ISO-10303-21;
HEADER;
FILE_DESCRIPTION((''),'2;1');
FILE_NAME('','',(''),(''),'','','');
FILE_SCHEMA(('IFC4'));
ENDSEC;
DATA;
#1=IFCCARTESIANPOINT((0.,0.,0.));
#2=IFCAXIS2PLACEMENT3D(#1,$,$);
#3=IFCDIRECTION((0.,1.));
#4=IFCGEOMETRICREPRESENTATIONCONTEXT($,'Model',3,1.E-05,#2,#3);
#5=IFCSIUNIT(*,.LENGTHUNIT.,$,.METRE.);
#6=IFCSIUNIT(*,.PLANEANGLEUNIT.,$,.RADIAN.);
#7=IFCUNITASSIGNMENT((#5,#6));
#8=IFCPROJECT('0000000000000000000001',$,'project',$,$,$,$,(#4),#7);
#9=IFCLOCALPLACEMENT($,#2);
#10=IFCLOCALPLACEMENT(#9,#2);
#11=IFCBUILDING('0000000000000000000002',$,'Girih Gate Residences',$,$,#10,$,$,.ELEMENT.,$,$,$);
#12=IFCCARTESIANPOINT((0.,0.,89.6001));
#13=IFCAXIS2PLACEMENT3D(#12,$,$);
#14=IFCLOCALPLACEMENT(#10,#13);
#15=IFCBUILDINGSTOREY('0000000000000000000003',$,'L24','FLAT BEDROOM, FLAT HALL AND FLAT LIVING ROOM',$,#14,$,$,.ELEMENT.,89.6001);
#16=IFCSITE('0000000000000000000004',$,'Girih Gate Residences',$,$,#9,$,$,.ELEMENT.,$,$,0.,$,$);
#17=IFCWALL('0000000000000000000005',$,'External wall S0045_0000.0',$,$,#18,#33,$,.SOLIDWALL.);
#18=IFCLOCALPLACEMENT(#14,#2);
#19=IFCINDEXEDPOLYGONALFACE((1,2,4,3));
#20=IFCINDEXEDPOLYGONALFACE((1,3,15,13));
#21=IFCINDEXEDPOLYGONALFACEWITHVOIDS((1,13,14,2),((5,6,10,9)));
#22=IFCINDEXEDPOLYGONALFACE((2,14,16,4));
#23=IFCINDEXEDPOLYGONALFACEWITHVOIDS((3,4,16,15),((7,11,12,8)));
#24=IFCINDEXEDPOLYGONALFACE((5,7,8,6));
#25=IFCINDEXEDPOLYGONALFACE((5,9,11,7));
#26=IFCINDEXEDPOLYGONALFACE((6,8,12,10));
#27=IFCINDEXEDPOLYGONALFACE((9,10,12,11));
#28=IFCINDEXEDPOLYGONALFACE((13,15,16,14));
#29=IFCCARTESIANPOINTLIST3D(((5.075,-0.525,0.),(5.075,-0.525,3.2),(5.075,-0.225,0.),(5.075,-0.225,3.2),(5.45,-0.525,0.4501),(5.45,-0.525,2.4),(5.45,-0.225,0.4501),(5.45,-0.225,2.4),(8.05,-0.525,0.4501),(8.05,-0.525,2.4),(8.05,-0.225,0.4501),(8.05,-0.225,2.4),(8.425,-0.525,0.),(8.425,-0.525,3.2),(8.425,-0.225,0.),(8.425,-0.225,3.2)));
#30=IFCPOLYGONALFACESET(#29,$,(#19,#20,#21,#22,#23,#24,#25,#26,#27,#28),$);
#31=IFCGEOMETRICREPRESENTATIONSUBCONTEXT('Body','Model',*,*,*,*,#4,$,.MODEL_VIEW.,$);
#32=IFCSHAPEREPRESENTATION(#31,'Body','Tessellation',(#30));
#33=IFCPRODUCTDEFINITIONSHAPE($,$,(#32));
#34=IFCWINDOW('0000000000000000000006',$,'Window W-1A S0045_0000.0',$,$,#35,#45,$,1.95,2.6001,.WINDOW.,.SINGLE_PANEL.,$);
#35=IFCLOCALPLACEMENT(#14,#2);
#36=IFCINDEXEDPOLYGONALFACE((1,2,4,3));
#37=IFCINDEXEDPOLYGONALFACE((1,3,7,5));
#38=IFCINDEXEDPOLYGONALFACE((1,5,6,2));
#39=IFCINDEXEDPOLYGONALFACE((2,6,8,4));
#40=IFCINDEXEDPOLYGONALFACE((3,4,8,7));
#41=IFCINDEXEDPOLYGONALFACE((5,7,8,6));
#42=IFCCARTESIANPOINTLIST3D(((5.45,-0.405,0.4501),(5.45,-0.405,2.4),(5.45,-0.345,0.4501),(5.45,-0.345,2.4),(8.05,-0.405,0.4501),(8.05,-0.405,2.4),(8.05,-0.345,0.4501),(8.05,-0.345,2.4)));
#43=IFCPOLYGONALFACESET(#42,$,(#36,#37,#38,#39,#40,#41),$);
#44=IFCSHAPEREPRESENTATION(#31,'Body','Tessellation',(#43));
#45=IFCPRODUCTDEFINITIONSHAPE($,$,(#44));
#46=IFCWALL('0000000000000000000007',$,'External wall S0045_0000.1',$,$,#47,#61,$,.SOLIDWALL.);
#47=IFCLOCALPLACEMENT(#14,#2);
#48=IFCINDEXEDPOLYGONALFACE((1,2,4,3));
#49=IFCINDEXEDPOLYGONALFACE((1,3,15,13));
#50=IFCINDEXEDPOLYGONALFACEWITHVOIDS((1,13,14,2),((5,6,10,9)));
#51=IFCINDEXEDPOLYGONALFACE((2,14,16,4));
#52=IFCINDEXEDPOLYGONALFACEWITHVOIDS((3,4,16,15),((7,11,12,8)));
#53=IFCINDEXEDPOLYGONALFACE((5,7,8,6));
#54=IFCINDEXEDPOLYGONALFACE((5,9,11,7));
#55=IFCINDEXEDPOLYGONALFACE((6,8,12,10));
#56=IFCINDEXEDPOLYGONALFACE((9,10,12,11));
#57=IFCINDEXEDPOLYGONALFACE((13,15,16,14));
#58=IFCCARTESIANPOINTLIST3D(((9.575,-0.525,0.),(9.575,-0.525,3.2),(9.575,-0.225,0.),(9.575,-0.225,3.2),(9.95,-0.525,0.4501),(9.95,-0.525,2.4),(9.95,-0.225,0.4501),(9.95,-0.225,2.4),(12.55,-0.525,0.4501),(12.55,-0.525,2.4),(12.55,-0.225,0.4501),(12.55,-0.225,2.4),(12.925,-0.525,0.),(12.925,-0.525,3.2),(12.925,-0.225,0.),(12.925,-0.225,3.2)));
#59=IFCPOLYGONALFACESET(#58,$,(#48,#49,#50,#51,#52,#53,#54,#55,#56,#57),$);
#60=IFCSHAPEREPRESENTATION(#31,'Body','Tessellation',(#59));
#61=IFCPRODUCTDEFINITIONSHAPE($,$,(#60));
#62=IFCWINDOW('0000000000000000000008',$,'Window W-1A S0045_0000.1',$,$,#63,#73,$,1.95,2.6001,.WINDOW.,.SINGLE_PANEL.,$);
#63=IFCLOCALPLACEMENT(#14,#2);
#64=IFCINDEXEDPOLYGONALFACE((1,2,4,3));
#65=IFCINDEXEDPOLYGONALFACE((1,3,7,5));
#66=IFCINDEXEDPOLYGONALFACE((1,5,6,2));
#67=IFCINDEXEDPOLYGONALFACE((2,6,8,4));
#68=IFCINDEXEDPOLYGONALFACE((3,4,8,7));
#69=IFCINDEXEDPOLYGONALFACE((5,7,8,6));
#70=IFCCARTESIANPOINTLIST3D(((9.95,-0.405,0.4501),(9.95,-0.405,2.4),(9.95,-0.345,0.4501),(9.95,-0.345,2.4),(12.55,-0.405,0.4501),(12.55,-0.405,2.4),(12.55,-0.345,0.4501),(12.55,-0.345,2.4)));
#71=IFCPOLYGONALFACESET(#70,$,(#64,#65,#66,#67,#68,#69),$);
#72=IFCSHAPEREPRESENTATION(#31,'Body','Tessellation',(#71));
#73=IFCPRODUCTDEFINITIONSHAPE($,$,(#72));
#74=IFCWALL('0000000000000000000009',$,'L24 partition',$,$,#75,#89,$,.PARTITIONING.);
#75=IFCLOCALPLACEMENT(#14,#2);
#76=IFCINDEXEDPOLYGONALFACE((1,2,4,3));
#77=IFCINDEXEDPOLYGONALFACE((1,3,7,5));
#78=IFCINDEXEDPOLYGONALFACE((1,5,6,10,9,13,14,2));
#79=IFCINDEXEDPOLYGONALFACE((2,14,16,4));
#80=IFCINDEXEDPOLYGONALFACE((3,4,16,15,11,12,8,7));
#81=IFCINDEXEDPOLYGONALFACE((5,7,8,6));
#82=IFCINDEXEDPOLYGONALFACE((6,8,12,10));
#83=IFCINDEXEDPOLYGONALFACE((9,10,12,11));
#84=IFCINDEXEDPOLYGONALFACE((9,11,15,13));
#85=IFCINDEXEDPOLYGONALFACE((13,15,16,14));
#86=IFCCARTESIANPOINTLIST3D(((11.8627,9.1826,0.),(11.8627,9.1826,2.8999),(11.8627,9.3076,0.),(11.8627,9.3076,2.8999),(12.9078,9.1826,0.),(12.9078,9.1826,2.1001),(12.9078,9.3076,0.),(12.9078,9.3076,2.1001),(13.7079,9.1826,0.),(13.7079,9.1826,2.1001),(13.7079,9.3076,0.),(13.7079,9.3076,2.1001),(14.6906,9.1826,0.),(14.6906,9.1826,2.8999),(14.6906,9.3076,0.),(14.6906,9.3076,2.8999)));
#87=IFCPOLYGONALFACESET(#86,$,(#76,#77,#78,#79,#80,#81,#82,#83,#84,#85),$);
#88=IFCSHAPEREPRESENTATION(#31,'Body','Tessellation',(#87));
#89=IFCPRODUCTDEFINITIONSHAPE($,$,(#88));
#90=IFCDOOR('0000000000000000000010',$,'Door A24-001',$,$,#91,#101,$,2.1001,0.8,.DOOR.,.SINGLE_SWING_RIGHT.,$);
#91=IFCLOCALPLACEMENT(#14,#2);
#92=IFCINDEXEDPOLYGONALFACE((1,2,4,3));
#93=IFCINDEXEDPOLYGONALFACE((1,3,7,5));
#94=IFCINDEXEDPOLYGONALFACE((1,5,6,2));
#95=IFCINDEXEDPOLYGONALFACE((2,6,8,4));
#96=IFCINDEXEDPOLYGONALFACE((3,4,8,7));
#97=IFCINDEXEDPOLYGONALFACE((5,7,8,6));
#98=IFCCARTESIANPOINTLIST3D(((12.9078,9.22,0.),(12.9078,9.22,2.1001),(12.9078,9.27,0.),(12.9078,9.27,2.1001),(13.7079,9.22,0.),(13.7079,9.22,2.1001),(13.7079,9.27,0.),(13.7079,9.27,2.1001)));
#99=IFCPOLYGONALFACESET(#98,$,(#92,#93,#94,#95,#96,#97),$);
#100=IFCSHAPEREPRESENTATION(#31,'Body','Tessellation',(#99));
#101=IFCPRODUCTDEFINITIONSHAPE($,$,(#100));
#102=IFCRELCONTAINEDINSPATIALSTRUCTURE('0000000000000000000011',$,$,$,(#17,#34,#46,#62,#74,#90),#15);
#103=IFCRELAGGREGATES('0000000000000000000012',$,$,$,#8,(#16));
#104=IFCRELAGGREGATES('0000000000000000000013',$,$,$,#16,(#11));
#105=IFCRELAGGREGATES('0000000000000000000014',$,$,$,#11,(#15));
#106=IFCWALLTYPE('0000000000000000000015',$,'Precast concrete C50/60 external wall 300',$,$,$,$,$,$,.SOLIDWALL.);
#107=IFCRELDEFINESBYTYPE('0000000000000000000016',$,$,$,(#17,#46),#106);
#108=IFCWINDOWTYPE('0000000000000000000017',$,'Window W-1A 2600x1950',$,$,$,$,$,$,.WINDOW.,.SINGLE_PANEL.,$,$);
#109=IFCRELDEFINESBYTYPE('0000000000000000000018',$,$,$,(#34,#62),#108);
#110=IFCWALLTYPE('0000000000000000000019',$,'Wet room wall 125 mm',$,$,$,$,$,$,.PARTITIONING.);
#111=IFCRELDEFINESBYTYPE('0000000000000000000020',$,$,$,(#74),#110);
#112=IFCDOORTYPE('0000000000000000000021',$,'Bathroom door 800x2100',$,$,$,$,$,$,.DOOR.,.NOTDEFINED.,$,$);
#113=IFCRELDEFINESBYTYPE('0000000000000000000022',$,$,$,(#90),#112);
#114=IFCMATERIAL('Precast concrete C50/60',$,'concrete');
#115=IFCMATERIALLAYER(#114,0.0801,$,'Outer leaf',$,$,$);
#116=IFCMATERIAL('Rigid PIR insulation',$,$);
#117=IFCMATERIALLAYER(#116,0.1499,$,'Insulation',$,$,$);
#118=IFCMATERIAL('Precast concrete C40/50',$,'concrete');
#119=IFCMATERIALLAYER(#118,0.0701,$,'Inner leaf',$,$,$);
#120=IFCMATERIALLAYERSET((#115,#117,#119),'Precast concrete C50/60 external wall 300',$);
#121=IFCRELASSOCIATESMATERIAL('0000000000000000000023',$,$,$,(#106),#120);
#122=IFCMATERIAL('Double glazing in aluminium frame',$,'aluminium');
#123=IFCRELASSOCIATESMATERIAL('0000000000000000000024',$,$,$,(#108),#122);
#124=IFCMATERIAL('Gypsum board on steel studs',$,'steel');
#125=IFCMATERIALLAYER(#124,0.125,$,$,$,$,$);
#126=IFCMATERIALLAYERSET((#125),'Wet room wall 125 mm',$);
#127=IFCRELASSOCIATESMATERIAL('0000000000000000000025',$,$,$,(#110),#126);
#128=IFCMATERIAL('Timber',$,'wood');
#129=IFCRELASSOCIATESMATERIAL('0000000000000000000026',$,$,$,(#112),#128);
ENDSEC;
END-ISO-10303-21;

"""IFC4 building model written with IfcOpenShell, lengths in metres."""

from ifc_helpers import new_model, si_unit, direction, frame, frame_2d, origin, place, context, subcontext, project, spatial, rectangle, extrude, material, layer, layer_set, type_object, element, fill, save


model = new_model("IFC4")

# Units and contexts
model_context = context("Model", 3, precision=1e-05, world=origin(), true_north=direction((0.0, 1.0)))
body_context = subcontext(model_context, "Body", "Model", "MODEL_VIEW")
ifc_project = project(units=[si_unit("LENGTHUNIT", "METRE"), si_unit("PLANEANGLEUNIT", "RADIAN")], contexts=[model_context])

# Site, building, storey
site_placement = place(None, origin())
site = spatial("IfcSite", under=ifc_project, at=site_placement, Name="Girih Gate Residences", CompositionType="ELEMENT", RefElevation=0.0)
building_placement = place(site_placement, origin())
building = spatial("IfcBuilding", under=site, at=building_placement, Name="Girih Gate Residences", CompositionType="ELEMENT")
storey_placement = place(building_placement, frame((0.0, 0.0, 89.6001)))
storey = spatial("IfcBuildingStorey", under=building, at=storey_placement, Name="L24", Description="FLAT BEDROOM, FLAT HALL AND FLAT LIVING ROOM", CompositionType="ELEMENT", Elevation=89.6001)

# Shared definitions
ifc_material_1 = material(Name="Gypsum board on steel studs", Category="steel")

# Shared definitions
ifc_material_2 = material(Name="Timber", Category="wood")

# Walls, openings, windows
ifc_material_3 = material(Name="Precast concrete C50/60", Category="concrete")
ifc_layer_1 = layer(ifc_material_3, 0.0801, Name="Outer leaf")
ifc_material_4 = material(Name="Rigid PIR insulation")
ifc_layer_2 = layer(ifc_material_4, 0.1499, Name="Insulation")
ifc_material_5 = material(Name="Precast concrete C40/50", Category="concrete")
ifc_layer_3 = layer(ifc_material_5, 0.0701, Name="Inner leaf")
ifc_layer_set_1 = layer_set([ifc_layer_1, ifc_layer_2, ifc_layer_3], Name="Precast concrete C50/60 external wall 300")
wall_type_1 = type_object("IfcWallType", Name="Precast concrete C50/60 external wall 300", PredefinedType="SOLIDWALL", material=ifc_layer_set_1)
wall_1_placement = place(storey_placement, frame((8.425, -0.375, 0.0), z_axis=(0.0, 0.0, 1.0), x_axis=(-1.0, 0.0, 0.0)))
wall_1 = element("IfcWall", 1, at=wall_1_placement, inside=storey, type_object=wall_type_1, Name="External wall S0045_0000.0", PredefinedType="SOLIDWALL", context=body_context, shape_type="SweptSolid", body=[
    extrude(rectangle(XDim=3.3501, YDim=0.3, at=frame_2d((1.675, 0.0))), origin(), (0.0, 0.0, 1.0), 3.2),
])
opening_1_placement = place(wall_1_placement, frame((0.375, 0.0, 0.45)))
opening_1 = element("IfcOpeningElement", 2, at=opening_1_placement, cuts=wall_1, PredefinedType="OPENING", context=body_context, shape_type="SweptSolid", body=[
    extrude(rectangle(XDim=2.6001, YDim=1.95, at=frame_2d((1.3, 0.9751))), frame((0.0, 0.1599, 0.0), z_axis=(0.0, -1.0, 0.0), x_axis=(1.0, 0.0, 0.0)), (0.0, 0.0, 1.0), 0.3201),
])
ifc_material_6 = material(Name="Double glazing in aluminium frame", Category="aluminium")
window_type = type_object("IfcWindowType", Name="Window W-1A 2600x1950", PartitioningType="SINGLE_PANEL", PredefinedType="WINDOW", material=ifc_material_6)
window_1_placement = place(opening_1_placement, origin())
window_1 = element("IfcWindow", 3, at=window_1_placement, inside=storey, type_object=window_type, Name="Window W-1A S0045_0000.0", OverallHeight=1.95, OverallWidth=2.6001, PartitioningType="SINGLE_PANEL", PredefinedType="WINDOW", context=body_context, shape_type="SweptSolid", body=[
    extrude(rectangle(XDim=2.6001, YDim=1.95, at=frame_2d((1.3, 0.9751))), frame((0.0, 0.03, 0.0), z_axis=(0.0, -1.0, 0.0), x_axis=(1.0, 0.0, 0.0)), (0.0, 0.0, 1.0), 0.0601),
])
fill(opening_1, window_1)
wall_2_placement = place(storey_placement, frame((12.925, -0.375, 0.0), z_axis=(0.0, 0.0, 1.0), x_axis=(-1.0, 0.0, 0.0)))
wall_2 = element("IfcWall", 4, at=wall_2_placement, inside=storey, type_object=wall_type_1, Name="External wall S0045_0000.1", PredefinedType="SOLIDWALL", context=body_context, shape_type="SweptSolid", body=[
    extrude(rectangle(XDim=3.3501, YDim=0.3, at=frame_2d((1.675, 0.0))), origin(), (0.0, 0.0, 1.0), 3.2),
])
opening_2_placement = place(wall_2_placement, frame((0.375, 0.0, 0.45)))
opening_2 = element("IfcOpeningElement", 5, at=opening_2_placement, cuts=wall_2, PredefinedType="OPENING", context=body_context, shape_type="SweptSolid", body=[
    extrude(rectangle(XDim=2.6001, YDim=1.95, at=frame_2d((1.3, 0.9751))), frame((0.0, 0.1599, 0.0), z_axis=(0.0, -1.0, 0.0), x_axis=(1.0, 0.0, 0.0)), (0.0, 0.0, 1.0), 0.3201),
])
window_2_placement = place(opening_2_placement, origin())
window_2 = element("IfcWindow", 6, at=window_2_placement, inside=storey, type_object=window_type, Name="Window W-1A S0045_0000.1", OverallHeight=1.95, OverallWidth=2.6001, PartitioningType="SINGLE_PANEL", PredefinedType="WINDOW", context=body_context, shape_type="SweptSolid", body=[
    extrude(rectangle(XDim=2.6001, YDim=1.95, at=frame_2d((1.3, 0.9751))), frame((0.0, 0.03, 0.0), z_axis=(0.0, -1.0, 0.0), x_axis=(1.0, 0.0, 0.0)), (0.0, 0.0, 1.0), 0.0601),
])
fill(opening_2, window_2)

# Wall, opening, door
ifc_layer_4 = layer(ifc_material_1, 0.125)
ifc_layer_set_2 = layer_set([ifc_layer_4], Name="Wet room wall 125 mm")
wall_type_2 = type_object("IfcWallType", Name="Wet room wall 125 mm", PredefinedType="PARTITIONING", material=ifc_layer_set_2)
wall_3_placement = place(storey_placement, frame((11.8625, 9.2451, 0.0), z_axis=(0.0, 0.0, 1.0), x_axis=(1.0, 0.0, 0.0)))
wall_3 = element("IfcWall", 7, at=wall_3_placement, inside=storey, type_object=wall_type_2, Name="L24 partition", PredefinedType="PARTITIONING", context=body_context, shape_type="SweptSolid", body=[
    extrude(rectangle(XDim=2.8279, YDim=0.125, at=frame_2d((1.4141, 0.0))), origin(), (0.0, 0.0, 1.0), 2.8999),
])
opening_3_placement = place(wall_3_placement, frame((1.0454, 0.0, 0.0)))
opening_3 = element("IfcOpeningElement", 8, at=opening_3_placement, cuts=wall_3, PredefinedType="OPENING", context=body_context, shape_type="SweptSolid", body=[
    extrude(rectangle(XDim=0.8, YDim=2.1001, at=frame_2d((0.3999, 1.05))), frame((0.0, 0.0725, 0.0), z_axis=(0.0, -1.0, 0.0), x_axis=(1.0, 0.0, 0.0)), (0.0, 0.0, 1.0), 0.145),
])
door_type_1 = type_object("IfcDoorType", Name="Bathroom door 800x2100", OperationType="NOTDEFINED", PredefinedType="DOOR", material=ifc_material_2)
door_1_placement = place(opening_3_placement, origin())
door_1 = element("IfcDoor", 9, at=door_1_placement, inside=storey, type_object=door_type_1, Name="Door A24-001", OperationType="SINGLE_SWING_RIGHT", OverallHeight=2.1001, OverallWidth=0.8, PredefinedType="DOOR", context=body_context, shape_type="SweptSolid", body=[
    extrude(rectangle(XDim=0.8, YDim=2.1001, at=frame_2d((0.3999, 1.05))), frame((0.0, 0.0249, 0.0), z_axis=(0.0, -1.0, 0.0), x_axis=(1.0, 0.0, 0.0)), (0.0, 0.0, 1.0), 0.05),
])
fill(opening_3, door_1)

save(model, "model.ifc")
